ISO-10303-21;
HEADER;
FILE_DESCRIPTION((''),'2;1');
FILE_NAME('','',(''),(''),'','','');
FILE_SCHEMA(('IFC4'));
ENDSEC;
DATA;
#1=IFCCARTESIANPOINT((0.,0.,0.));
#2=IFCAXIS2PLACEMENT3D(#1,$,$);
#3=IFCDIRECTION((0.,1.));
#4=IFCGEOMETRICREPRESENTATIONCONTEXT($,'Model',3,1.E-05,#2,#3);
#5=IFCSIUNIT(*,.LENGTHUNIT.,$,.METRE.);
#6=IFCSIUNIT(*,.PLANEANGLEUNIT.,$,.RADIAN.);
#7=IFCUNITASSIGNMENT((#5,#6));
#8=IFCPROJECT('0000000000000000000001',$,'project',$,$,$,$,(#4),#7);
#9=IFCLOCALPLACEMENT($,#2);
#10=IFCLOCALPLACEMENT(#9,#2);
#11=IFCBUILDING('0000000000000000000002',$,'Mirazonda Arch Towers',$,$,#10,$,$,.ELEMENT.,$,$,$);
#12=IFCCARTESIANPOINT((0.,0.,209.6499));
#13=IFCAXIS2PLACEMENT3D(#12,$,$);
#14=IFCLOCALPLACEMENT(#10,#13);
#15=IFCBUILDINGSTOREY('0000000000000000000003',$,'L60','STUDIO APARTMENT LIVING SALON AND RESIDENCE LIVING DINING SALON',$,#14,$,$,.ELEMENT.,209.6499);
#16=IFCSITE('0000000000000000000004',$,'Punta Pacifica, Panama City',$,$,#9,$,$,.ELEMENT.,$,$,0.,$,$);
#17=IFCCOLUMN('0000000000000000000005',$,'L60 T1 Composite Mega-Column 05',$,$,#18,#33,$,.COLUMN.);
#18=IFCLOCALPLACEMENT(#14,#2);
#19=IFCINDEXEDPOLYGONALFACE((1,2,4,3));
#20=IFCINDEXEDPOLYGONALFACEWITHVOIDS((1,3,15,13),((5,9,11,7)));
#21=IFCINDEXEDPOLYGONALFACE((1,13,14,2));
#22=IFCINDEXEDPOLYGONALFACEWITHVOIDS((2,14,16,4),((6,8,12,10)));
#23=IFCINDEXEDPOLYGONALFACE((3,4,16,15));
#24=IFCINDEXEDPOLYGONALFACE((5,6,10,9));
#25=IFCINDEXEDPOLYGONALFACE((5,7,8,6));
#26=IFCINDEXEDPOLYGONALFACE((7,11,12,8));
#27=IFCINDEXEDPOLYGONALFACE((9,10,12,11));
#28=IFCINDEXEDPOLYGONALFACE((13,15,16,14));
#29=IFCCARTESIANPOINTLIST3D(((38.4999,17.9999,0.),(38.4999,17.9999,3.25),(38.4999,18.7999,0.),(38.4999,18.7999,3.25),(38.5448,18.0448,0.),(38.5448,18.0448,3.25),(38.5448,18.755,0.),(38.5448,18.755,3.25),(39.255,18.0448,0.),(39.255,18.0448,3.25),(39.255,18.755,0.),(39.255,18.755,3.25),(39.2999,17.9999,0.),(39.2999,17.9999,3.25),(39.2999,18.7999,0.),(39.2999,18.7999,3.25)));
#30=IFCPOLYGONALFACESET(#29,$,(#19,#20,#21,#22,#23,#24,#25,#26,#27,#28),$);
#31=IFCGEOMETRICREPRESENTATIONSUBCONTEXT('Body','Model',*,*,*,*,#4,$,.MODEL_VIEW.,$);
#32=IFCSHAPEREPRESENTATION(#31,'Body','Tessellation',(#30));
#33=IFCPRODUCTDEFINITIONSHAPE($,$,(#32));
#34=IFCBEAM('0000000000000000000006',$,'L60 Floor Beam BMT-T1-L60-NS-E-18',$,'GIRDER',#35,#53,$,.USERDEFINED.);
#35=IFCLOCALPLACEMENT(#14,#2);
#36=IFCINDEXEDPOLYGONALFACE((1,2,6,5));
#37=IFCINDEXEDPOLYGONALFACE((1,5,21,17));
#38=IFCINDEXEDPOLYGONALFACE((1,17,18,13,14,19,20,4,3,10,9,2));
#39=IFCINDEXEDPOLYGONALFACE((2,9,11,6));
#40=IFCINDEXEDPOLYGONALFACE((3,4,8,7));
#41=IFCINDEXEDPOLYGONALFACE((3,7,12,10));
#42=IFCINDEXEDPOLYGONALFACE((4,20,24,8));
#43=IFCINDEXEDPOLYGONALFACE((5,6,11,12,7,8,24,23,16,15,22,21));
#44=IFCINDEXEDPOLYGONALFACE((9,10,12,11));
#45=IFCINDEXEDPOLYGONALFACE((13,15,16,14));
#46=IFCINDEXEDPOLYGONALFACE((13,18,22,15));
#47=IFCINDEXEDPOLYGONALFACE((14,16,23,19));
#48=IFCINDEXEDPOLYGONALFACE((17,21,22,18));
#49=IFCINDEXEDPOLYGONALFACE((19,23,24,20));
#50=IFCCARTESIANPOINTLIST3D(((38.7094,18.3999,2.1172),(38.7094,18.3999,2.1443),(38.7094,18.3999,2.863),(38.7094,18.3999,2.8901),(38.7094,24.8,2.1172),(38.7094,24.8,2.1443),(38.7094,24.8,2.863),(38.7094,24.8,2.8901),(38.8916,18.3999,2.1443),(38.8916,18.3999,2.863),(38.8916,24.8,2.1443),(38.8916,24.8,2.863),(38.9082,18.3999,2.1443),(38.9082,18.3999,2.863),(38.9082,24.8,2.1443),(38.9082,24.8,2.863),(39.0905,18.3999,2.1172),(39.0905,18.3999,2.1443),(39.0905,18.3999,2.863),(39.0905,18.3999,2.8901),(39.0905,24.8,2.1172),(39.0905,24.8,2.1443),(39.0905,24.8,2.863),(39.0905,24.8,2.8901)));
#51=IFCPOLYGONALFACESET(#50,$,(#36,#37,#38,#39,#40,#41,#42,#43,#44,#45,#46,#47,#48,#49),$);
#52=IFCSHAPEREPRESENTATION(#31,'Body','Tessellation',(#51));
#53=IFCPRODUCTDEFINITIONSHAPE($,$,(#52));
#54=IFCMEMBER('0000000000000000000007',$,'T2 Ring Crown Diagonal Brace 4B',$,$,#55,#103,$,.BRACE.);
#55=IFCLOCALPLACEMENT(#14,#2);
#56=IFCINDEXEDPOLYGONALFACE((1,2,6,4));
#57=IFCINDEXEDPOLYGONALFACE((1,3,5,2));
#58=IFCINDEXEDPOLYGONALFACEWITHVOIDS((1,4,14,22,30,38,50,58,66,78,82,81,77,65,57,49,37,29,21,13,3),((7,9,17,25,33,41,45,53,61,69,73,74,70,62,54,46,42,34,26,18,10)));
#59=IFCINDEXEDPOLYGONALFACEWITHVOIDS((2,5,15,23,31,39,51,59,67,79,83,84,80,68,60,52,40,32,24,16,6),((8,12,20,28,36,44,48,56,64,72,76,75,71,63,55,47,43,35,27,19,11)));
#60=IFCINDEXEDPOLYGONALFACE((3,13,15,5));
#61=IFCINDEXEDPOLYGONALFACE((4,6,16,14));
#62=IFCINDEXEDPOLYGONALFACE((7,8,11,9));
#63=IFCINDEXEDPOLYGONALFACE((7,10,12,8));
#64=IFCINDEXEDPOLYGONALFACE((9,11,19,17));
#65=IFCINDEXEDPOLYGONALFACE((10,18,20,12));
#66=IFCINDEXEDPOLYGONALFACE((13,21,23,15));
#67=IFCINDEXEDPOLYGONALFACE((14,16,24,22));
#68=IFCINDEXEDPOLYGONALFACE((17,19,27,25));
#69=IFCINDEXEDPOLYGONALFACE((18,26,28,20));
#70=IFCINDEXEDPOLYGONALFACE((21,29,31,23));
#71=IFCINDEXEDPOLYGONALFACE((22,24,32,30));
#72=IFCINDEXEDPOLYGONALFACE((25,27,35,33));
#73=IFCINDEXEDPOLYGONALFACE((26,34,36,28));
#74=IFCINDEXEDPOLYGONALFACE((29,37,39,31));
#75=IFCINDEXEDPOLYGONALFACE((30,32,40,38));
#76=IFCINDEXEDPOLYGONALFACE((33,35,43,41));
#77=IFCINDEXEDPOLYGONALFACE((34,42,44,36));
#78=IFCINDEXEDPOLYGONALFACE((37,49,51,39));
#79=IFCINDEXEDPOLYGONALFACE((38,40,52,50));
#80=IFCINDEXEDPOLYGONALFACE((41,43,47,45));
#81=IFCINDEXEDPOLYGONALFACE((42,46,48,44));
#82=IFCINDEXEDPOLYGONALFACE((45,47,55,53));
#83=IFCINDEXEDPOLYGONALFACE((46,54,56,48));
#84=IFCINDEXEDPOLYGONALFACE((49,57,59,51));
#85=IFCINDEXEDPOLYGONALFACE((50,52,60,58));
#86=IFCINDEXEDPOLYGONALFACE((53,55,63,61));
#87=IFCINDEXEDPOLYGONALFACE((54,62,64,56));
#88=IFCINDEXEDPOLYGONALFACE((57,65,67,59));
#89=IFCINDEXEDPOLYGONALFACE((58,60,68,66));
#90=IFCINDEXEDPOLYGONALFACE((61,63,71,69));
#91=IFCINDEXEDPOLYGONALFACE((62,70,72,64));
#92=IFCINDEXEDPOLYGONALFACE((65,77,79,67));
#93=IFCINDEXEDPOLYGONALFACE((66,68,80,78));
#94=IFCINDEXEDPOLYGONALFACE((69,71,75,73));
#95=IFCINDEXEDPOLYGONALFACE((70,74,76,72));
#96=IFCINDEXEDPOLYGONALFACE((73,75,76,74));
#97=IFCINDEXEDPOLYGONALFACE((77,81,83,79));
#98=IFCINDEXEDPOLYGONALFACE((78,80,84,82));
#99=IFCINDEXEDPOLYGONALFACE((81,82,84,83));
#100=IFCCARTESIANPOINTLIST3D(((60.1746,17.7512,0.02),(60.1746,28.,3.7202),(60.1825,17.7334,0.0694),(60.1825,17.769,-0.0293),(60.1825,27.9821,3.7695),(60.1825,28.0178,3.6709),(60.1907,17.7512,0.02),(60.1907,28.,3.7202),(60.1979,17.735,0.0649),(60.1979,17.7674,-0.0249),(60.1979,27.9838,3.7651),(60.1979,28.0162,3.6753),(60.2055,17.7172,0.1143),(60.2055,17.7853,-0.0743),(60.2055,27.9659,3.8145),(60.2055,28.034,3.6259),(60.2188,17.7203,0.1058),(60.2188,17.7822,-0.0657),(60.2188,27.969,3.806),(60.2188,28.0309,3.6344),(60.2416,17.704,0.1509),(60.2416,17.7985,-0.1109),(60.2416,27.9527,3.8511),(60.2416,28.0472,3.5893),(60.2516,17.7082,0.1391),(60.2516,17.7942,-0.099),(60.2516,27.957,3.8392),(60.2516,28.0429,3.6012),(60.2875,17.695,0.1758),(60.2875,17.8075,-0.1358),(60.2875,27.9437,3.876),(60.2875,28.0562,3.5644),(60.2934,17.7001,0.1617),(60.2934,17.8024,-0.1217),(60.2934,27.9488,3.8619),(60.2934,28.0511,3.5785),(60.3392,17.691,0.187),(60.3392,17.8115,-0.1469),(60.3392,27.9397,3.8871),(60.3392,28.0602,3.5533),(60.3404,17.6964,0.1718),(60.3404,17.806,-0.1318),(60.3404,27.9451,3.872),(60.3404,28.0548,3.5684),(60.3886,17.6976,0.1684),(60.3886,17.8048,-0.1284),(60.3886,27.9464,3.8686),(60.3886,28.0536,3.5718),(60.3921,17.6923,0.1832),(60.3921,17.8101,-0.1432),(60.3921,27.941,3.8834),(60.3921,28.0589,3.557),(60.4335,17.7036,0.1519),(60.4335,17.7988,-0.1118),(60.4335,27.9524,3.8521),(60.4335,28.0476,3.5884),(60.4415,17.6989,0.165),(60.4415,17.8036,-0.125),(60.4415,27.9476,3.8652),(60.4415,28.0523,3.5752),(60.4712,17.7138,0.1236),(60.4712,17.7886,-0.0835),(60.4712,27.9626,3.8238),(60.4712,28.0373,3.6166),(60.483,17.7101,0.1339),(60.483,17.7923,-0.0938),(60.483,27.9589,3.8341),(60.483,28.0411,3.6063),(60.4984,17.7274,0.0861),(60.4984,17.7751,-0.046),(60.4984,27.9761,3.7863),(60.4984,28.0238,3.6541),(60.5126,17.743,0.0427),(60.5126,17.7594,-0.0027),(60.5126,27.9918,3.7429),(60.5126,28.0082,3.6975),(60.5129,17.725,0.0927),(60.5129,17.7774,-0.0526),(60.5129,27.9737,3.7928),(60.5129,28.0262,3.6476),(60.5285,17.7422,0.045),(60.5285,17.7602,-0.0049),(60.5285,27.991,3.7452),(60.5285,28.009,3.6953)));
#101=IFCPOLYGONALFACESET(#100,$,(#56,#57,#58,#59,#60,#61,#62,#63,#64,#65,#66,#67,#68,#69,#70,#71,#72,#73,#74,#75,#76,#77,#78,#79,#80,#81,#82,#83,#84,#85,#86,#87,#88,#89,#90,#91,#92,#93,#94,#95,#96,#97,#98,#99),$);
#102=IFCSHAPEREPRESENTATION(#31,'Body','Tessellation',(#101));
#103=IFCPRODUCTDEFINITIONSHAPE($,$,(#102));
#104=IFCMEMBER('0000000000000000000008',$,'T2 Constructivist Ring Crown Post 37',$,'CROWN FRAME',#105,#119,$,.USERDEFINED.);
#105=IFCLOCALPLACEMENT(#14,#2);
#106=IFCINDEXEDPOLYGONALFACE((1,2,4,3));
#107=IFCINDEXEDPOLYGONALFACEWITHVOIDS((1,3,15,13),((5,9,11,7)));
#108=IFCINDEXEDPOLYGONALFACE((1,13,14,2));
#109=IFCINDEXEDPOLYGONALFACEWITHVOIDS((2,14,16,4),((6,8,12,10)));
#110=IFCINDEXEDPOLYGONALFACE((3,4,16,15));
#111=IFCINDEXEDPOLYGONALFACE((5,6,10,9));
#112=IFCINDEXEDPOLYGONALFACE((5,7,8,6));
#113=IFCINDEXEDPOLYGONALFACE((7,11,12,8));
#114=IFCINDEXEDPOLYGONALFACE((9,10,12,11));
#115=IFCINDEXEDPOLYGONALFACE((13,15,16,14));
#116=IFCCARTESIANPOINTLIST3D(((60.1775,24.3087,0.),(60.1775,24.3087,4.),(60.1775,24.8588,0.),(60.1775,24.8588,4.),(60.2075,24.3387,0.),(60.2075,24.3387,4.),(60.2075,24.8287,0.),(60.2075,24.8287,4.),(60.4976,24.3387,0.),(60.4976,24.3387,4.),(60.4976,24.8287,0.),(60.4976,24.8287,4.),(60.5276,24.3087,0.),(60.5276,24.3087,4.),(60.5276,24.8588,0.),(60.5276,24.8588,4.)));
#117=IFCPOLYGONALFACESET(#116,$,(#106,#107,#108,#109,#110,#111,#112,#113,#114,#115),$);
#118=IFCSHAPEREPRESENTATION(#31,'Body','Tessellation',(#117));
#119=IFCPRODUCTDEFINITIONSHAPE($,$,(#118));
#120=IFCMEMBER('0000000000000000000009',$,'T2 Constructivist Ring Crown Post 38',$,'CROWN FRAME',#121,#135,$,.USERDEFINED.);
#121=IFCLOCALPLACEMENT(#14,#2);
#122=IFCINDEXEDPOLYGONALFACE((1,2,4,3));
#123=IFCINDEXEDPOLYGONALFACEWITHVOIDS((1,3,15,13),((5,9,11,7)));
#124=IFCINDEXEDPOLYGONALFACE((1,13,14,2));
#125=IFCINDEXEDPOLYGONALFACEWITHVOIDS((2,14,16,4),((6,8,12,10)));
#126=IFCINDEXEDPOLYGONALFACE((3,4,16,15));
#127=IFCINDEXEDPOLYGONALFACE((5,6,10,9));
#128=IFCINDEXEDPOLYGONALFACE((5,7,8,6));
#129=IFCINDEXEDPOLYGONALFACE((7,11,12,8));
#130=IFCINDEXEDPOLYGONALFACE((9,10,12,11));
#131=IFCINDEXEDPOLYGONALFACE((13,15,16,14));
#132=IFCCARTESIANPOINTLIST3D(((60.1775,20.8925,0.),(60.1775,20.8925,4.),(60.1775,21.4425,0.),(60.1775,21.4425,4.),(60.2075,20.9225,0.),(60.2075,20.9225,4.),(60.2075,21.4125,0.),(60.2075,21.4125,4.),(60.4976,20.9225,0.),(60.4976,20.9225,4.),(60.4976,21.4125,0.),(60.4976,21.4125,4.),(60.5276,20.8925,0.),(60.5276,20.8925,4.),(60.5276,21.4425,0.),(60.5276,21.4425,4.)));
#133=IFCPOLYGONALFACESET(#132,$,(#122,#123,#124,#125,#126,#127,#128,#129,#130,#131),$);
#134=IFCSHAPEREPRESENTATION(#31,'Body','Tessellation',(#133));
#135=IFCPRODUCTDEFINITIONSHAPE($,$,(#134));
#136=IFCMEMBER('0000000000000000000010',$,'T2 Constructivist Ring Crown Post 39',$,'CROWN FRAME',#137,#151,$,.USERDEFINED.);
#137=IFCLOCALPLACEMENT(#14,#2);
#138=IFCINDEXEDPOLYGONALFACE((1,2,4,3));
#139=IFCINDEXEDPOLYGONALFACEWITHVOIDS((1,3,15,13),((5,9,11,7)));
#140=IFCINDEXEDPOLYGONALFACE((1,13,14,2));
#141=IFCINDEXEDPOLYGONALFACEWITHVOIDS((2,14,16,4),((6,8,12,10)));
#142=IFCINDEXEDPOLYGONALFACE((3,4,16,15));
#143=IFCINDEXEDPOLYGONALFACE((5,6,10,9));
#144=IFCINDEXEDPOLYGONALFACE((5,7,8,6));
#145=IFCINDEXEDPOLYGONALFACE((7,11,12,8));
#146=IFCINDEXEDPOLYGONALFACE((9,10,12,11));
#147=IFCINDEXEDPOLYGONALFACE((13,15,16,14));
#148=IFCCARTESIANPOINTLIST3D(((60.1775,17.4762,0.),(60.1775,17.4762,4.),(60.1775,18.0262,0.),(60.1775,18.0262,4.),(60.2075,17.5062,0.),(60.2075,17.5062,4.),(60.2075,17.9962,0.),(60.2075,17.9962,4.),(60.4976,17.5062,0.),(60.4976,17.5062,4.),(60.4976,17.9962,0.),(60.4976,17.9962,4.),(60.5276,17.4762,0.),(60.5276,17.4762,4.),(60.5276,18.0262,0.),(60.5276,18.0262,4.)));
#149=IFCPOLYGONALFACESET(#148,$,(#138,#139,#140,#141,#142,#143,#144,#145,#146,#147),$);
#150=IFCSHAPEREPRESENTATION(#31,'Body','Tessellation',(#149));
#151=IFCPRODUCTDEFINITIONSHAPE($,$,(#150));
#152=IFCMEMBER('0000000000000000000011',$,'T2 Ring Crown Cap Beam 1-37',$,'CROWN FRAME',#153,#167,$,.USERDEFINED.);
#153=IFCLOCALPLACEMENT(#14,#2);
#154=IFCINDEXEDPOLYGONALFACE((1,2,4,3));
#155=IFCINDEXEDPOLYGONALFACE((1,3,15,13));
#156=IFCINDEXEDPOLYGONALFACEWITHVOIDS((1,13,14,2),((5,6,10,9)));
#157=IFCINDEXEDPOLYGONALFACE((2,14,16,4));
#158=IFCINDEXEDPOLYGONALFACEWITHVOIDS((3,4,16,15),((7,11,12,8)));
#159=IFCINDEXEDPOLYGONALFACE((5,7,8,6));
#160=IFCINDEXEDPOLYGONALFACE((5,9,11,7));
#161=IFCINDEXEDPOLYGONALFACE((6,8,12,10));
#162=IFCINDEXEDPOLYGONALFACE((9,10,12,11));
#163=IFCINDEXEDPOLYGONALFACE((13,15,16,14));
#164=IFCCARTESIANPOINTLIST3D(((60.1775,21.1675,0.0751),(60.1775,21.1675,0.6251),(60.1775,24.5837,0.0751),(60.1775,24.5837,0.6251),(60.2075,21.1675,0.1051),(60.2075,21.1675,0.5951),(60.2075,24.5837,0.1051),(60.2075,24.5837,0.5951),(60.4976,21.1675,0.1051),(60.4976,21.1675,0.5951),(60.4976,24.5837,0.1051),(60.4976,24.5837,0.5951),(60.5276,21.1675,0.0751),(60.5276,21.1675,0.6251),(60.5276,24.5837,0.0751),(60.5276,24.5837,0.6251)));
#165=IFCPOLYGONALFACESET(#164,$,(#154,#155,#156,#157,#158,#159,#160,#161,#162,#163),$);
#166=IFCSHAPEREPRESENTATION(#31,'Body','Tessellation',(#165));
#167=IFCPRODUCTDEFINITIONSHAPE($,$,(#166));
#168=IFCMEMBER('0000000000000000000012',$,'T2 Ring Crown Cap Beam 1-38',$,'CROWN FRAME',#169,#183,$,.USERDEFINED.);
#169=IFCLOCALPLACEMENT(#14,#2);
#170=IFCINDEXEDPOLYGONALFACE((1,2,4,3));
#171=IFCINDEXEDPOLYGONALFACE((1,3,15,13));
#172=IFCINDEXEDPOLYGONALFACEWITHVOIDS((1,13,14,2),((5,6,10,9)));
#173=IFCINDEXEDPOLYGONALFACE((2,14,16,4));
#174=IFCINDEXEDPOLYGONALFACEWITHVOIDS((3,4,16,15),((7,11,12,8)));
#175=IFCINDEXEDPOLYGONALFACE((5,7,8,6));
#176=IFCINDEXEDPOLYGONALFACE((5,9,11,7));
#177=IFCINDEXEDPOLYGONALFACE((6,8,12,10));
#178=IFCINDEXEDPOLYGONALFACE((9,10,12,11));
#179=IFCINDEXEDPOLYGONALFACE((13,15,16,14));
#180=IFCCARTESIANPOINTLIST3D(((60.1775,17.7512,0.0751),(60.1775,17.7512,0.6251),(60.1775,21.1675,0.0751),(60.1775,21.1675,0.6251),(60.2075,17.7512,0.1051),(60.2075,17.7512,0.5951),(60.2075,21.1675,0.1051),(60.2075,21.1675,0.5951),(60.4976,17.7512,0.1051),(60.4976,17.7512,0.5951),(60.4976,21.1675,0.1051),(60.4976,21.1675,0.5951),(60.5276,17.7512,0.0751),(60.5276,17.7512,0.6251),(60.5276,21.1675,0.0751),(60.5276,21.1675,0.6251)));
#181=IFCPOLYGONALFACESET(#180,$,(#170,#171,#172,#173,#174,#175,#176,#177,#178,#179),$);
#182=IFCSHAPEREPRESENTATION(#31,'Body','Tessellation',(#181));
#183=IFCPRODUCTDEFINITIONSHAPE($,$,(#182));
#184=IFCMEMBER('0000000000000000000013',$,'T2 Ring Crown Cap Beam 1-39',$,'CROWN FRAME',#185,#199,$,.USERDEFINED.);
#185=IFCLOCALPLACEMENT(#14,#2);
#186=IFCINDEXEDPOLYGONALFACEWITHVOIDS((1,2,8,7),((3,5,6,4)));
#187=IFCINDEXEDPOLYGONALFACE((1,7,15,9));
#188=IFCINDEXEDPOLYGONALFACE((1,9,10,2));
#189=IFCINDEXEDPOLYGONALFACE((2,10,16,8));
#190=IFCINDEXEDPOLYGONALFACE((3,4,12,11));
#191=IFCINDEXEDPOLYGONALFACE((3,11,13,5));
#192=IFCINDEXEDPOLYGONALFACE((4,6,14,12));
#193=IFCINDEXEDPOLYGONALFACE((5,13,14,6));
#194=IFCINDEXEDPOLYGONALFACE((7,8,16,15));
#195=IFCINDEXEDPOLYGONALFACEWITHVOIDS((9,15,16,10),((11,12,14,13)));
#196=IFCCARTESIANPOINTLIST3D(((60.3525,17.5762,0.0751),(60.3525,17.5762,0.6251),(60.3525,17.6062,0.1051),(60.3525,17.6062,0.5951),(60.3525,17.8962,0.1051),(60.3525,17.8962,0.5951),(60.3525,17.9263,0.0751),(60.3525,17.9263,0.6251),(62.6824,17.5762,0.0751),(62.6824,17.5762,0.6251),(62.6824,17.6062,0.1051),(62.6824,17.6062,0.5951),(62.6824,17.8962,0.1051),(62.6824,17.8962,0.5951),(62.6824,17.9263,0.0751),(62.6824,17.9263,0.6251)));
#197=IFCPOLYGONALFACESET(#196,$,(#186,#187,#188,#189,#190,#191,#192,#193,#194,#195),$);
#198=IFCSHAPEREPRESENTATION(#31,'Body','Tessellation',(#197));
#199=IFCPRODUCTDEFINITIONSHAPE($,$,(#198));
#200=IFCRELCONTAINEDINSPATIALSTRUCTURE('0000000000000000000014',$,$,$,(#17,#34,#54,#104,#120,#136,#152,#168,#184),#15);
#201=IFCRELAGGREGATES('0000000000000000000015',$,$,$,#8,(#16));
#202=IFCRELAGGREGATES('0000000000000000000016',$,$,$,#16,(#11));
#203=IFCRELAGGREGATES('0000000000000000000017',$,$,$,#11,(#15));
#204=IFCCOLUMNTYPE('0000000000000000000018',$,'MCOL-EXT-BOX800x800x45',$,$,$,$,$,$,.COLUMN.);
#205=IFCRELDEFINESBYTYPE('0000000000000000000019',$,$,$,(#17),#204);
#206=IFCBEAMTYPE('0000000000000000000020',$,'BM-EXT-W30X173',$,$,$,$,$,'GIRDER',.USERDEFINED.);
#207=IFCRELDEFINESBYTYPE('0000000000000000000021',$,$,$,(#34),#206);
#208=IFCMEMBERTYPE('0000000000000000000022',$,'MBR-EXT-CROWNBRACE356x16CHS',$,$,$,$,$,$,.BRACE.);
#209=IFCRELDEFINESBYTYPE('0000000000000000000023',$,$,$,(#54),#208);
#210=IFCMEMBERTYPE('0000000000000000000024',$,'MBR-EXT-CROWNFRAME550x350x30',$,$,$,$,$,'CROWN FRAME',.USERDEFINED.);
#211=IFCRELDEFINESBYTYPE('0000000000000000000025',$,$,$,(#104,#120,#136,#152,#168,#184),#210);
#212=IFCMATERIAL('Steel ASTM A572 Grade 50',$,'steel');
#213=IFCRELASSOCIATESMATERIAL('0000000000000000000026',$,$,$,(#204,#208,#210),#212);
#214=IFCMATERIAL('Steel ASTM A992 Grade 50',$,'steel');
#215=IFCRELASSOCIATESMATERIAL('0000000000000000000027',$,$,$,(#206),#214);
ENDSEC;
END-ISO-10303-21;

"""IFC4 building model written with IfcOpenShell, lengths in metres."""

from ifc_helpers import new_model, si_unit, direction, frame, origin, origin_2d, place, context, subcontext, project, spatial, hollow_rectangle, hollow_circle, i_section, extrude, material, material_profile, profile_set, type_object, element, save


model = new_model("IFC4")

# Units and contexts
model_context = context("Model", 3, precision=1e-05, world=origin(), true_north=direction((0.0, 1.0)))
body_context = subcontext(model_context, "Body", "Model", "MODEL_VIEW")
ifc_project = project(units=[si_unit("LENGTHUNIT", "METRE"), si_unit("PLANEANGLEUNIT", "RADIAN")], contexts=[model_context])

# Site, building, storey
site_placement = place(None, origin())
site = spatial("IfcSite", under=ifc_project, at=site_placement, Name="Punta Pacifica, Panama City", CompositionType="ELEMENT", RefElevation=0.0)
building_placement = place(site_placement, origin())
building = spatial("IfcBuilding", under=site, at=building_placement, Name="Mirazonda Arch Towers", CompositionType="ELEMENT")
storey_placement = place(building_placement, frame((0.0, 0.0, 209.6499)))
storey = spatial("IfcBuildingStorey", under=building, at=storey_placement, Name="L60", Description="STUDIO APARTMENT LIVING SALON AND RESIDENCE LIVING DINING SALON", CompositionType="ELEMENT", Elevation=209.6499)

# Column
ifc_material_1 = material(Name="Steel ASTM A572 Grade 50", Category="steel")
ifc_material_profile_1 = material_profile(ifc_material_1, hollow_rectangle(XDim=0.8, YDim=0.8, WallThickness=0.0449, at=origin_2d()), Name="BOX800x800x45")
ifc_profile_set_1 = profile_set([ifc_material_profile_1], Name="Steel ASTM A572 Grade 50")
column_type = type_object("IfcColumnType", Name="MCOL-EXT-BOX800x800x45", PredefinedType="COLUMN", material=ifc_profile_set_1)
column_placement = place(storey_placement, frame((38.8999, 18.3999, 0.0), z_axis=(0.0, 0.0, 1.0), x_axis=(1.0, 0.0, 0.0)))
element("IfcColumn", 1, at=column_placement, inside=storey, type_object=column_type, Name="L60 T1 Composite Mega-Column 05", PredefinedType="COLUMN", context=body_context, shape_type="SweptSolid", body=[
    extrude(hollow_rectangle(XDim=0.8, YDim=0.8, WallThickness=0.0449, at=origin_2d()), origin(), (0.0, 0.0, 1.0), 3.25),
])

# Beam
ifc_material_2 = material(Name="Steel ASTM A992 Grade 50", Category="steel")
ifc_material_profile_2 = material_profile(ifc_material_2, i_section(OverallWidth=0.3811, OverallDepth=0.7729, WebThickness=0.0166, FlangeThickness=0.0271, at=origin_2d()), Name="W30X173")
ifc_profile_set_2 = profile_set([ifc_material_profile_2], Name="Steel ASTM A992 Grade 50")
beam_type = type_object("IfcBeamType", Name="BM-EXT-W30X173", ElementType="GIRDER", PredefinedType="USERDEFINED", material=ifc_profile_set_2)
beam_placement = place(storey_placement, frame((38.8999, 18.3999, 2.5037), z_axis=(0.0, 1.0, 0.0), x_axis=(-1.0, 0.0, 0.0)))
element("IfcBeam", 2, at=beam_placement, inside=storey, type_object=beam_type, Name="L60 Floor Beam BMT-T1-L60-NS-E-18", ObjectType="GIRDER", PredefinedType="USERDEFINED", context=body_context, shape_type="SweptSolid", body=[
    extrude(i_section(OverallWidth=0.3811, OverallDepth=0.7729, WebThickness=0.0166, FlangeThickness=0.0271, at=origin_2d()), origin(), (0.0, 0.0, 1.0), 6.4001),
])

# Members
ifc_material_profile_3 = material_profile(ifc_material_1, hollow_circle(Radius=0.178, WallThickness=0.0161, at=origin_2d()), Name="CROWNBRACE356x16CHS")
ifc_profile_set_3 = profile_set([ifc_material_profile_3], Name="Steel ASTM A572 Grade 50")
member_type_1 = type_object("IfcMemberType", Name="MBR-EXT-CROWNBRACE356x16CHS", PredefinedType="BRACE", material=ifc_profile_set_3)
member_1_placement = place(storey_placement, frame((60.3525, 17.7512, 0.02), z_axis=(0.0, 0.940576, 0.339583), x_axis=(-1.0, 0.0, 0.0)))
element("IfcMember", 3, at=member_1_placement, inside=storey, type_object=member_type_1, Name="T2 Ring Crown Diagonal Brace 4B", PredefinedType="BRACE", context=body_context, shape_type="SweptSolid", body=[
    extrude(hollow_circle(Radius=0.178, WallThickness=0.0161, at=origin_2d()), origin(), (0.0, 0.0, 1.0), 10.8962),
])
ifc_material_profile_4 = material_profile(ifc_material_1, hollow_rectangle(XDim=0.3501, YDim=0.55, WallThickness=0.03, at=origin_2d()), Name="CROWNFRAME550x350x30")
ifc_profile_set_4 = profile_set([ifc_material_profile_4], Name="Steel ASTM A572 Grade 50")
member_type_2 = type_object("IfcMemberType", Name="MBR-EXT-CROWNFRAME550x350x30", ElementType="CROWN FRAME", PredefinedType="USERDEFINED", material=ifc_profile_set_4)
for number, where, z_axis, x_axis, name in (
    (4, (60.3525, 24.5837, 0.0), (0.0, 0.0, 1.0), (1.0, 0.0, 0.0), "T2 Constructivist Ring Crown Post 37"),
    (5, (60.3525, 21.1675, 0.0), (0.0, 0.0, 1.0), (1.0, 0.0, 0.0), "T2 Constructivist Ring Crown Post 38"),
    (6, (60.3525, 17.7512, 0.0), (0.0, 0.0, 1.0), (1.0, 0.0, 0.0), "T2 Constructivist Ring Crown Post 39"),
):
    element("IfcMember", number, at=place(storey_placement, frame(where, z_axis=z_axis, x_axis=x_axis)), inside=storey, type_object=member_type_2, Name=name, ObjectType="CROWN FRAME", PredefinedType="USERDEFINED", context=body_context, shape_type="SweptSolid", body=[
        extrude(hollow_rectangle(XDim=0.3501, YDim=0.55, WallThickness=0.03, at=origin_2d()), origin(), (0.0, 0.0, 1.0), 4.0),
    ])
for number, where, z_axis, x_axis, name in (
    (7, (60.3525, 24.5837, 0.3501), (0.0, -1.0, 0.0), (1.0, 0.0, 0.0), "T2 Ring Crown Cap Beam 1-37"),
    (8, (60.3525, 21.1675, 0.3501), (0.0, -1.0, 0.0), (1.0, 0.0, 0.0), "T2 Ring Crown Cap Beam 1-38"),
):
    element("IfcMember", number, at=place(storey_placement, frame(where, z_axis=z_axis, x_axis=x_axis)), inside=storey, type_object=member_type_2, Name=name, ObjectType="CROWN FRAME", PredefinedType="USERDEFINED", context=body_context, shape_type="SweptSolid", body=[
        extrude(hollow_rectangle(XDim=0.3501, YDim=0.55, WallThickness=0.03, at=origin_2d()), origin(), (0.0, 0.0, 1.0), 3.4163),
    ])
member_2_placement = place(storey_placement, frame((60.3525, 17.7512, 0.3501), z_axis=(1.0, 0.0, 0.0), x_axis=(0.0, 1.0, 0.0)))
element("IfcMember", 9, at=member_2_placement, inside=storey, type_object=member_type_2, Name="T2 Ring Crown Cap Beam 1-39", ObjectType="CROWN FRAME", PredefinedType="USERDEFINED", context=body_context, shape_type="SweptSolid", body=[
    extrude(hollow_rectangle(XDim=0.3501, YDim=0.55, WallThickness=0.03, at=origin_2d()), origin(), (0.0, 0.0, 1.0), 2.3298),
])

save(model, "model.ifc")
